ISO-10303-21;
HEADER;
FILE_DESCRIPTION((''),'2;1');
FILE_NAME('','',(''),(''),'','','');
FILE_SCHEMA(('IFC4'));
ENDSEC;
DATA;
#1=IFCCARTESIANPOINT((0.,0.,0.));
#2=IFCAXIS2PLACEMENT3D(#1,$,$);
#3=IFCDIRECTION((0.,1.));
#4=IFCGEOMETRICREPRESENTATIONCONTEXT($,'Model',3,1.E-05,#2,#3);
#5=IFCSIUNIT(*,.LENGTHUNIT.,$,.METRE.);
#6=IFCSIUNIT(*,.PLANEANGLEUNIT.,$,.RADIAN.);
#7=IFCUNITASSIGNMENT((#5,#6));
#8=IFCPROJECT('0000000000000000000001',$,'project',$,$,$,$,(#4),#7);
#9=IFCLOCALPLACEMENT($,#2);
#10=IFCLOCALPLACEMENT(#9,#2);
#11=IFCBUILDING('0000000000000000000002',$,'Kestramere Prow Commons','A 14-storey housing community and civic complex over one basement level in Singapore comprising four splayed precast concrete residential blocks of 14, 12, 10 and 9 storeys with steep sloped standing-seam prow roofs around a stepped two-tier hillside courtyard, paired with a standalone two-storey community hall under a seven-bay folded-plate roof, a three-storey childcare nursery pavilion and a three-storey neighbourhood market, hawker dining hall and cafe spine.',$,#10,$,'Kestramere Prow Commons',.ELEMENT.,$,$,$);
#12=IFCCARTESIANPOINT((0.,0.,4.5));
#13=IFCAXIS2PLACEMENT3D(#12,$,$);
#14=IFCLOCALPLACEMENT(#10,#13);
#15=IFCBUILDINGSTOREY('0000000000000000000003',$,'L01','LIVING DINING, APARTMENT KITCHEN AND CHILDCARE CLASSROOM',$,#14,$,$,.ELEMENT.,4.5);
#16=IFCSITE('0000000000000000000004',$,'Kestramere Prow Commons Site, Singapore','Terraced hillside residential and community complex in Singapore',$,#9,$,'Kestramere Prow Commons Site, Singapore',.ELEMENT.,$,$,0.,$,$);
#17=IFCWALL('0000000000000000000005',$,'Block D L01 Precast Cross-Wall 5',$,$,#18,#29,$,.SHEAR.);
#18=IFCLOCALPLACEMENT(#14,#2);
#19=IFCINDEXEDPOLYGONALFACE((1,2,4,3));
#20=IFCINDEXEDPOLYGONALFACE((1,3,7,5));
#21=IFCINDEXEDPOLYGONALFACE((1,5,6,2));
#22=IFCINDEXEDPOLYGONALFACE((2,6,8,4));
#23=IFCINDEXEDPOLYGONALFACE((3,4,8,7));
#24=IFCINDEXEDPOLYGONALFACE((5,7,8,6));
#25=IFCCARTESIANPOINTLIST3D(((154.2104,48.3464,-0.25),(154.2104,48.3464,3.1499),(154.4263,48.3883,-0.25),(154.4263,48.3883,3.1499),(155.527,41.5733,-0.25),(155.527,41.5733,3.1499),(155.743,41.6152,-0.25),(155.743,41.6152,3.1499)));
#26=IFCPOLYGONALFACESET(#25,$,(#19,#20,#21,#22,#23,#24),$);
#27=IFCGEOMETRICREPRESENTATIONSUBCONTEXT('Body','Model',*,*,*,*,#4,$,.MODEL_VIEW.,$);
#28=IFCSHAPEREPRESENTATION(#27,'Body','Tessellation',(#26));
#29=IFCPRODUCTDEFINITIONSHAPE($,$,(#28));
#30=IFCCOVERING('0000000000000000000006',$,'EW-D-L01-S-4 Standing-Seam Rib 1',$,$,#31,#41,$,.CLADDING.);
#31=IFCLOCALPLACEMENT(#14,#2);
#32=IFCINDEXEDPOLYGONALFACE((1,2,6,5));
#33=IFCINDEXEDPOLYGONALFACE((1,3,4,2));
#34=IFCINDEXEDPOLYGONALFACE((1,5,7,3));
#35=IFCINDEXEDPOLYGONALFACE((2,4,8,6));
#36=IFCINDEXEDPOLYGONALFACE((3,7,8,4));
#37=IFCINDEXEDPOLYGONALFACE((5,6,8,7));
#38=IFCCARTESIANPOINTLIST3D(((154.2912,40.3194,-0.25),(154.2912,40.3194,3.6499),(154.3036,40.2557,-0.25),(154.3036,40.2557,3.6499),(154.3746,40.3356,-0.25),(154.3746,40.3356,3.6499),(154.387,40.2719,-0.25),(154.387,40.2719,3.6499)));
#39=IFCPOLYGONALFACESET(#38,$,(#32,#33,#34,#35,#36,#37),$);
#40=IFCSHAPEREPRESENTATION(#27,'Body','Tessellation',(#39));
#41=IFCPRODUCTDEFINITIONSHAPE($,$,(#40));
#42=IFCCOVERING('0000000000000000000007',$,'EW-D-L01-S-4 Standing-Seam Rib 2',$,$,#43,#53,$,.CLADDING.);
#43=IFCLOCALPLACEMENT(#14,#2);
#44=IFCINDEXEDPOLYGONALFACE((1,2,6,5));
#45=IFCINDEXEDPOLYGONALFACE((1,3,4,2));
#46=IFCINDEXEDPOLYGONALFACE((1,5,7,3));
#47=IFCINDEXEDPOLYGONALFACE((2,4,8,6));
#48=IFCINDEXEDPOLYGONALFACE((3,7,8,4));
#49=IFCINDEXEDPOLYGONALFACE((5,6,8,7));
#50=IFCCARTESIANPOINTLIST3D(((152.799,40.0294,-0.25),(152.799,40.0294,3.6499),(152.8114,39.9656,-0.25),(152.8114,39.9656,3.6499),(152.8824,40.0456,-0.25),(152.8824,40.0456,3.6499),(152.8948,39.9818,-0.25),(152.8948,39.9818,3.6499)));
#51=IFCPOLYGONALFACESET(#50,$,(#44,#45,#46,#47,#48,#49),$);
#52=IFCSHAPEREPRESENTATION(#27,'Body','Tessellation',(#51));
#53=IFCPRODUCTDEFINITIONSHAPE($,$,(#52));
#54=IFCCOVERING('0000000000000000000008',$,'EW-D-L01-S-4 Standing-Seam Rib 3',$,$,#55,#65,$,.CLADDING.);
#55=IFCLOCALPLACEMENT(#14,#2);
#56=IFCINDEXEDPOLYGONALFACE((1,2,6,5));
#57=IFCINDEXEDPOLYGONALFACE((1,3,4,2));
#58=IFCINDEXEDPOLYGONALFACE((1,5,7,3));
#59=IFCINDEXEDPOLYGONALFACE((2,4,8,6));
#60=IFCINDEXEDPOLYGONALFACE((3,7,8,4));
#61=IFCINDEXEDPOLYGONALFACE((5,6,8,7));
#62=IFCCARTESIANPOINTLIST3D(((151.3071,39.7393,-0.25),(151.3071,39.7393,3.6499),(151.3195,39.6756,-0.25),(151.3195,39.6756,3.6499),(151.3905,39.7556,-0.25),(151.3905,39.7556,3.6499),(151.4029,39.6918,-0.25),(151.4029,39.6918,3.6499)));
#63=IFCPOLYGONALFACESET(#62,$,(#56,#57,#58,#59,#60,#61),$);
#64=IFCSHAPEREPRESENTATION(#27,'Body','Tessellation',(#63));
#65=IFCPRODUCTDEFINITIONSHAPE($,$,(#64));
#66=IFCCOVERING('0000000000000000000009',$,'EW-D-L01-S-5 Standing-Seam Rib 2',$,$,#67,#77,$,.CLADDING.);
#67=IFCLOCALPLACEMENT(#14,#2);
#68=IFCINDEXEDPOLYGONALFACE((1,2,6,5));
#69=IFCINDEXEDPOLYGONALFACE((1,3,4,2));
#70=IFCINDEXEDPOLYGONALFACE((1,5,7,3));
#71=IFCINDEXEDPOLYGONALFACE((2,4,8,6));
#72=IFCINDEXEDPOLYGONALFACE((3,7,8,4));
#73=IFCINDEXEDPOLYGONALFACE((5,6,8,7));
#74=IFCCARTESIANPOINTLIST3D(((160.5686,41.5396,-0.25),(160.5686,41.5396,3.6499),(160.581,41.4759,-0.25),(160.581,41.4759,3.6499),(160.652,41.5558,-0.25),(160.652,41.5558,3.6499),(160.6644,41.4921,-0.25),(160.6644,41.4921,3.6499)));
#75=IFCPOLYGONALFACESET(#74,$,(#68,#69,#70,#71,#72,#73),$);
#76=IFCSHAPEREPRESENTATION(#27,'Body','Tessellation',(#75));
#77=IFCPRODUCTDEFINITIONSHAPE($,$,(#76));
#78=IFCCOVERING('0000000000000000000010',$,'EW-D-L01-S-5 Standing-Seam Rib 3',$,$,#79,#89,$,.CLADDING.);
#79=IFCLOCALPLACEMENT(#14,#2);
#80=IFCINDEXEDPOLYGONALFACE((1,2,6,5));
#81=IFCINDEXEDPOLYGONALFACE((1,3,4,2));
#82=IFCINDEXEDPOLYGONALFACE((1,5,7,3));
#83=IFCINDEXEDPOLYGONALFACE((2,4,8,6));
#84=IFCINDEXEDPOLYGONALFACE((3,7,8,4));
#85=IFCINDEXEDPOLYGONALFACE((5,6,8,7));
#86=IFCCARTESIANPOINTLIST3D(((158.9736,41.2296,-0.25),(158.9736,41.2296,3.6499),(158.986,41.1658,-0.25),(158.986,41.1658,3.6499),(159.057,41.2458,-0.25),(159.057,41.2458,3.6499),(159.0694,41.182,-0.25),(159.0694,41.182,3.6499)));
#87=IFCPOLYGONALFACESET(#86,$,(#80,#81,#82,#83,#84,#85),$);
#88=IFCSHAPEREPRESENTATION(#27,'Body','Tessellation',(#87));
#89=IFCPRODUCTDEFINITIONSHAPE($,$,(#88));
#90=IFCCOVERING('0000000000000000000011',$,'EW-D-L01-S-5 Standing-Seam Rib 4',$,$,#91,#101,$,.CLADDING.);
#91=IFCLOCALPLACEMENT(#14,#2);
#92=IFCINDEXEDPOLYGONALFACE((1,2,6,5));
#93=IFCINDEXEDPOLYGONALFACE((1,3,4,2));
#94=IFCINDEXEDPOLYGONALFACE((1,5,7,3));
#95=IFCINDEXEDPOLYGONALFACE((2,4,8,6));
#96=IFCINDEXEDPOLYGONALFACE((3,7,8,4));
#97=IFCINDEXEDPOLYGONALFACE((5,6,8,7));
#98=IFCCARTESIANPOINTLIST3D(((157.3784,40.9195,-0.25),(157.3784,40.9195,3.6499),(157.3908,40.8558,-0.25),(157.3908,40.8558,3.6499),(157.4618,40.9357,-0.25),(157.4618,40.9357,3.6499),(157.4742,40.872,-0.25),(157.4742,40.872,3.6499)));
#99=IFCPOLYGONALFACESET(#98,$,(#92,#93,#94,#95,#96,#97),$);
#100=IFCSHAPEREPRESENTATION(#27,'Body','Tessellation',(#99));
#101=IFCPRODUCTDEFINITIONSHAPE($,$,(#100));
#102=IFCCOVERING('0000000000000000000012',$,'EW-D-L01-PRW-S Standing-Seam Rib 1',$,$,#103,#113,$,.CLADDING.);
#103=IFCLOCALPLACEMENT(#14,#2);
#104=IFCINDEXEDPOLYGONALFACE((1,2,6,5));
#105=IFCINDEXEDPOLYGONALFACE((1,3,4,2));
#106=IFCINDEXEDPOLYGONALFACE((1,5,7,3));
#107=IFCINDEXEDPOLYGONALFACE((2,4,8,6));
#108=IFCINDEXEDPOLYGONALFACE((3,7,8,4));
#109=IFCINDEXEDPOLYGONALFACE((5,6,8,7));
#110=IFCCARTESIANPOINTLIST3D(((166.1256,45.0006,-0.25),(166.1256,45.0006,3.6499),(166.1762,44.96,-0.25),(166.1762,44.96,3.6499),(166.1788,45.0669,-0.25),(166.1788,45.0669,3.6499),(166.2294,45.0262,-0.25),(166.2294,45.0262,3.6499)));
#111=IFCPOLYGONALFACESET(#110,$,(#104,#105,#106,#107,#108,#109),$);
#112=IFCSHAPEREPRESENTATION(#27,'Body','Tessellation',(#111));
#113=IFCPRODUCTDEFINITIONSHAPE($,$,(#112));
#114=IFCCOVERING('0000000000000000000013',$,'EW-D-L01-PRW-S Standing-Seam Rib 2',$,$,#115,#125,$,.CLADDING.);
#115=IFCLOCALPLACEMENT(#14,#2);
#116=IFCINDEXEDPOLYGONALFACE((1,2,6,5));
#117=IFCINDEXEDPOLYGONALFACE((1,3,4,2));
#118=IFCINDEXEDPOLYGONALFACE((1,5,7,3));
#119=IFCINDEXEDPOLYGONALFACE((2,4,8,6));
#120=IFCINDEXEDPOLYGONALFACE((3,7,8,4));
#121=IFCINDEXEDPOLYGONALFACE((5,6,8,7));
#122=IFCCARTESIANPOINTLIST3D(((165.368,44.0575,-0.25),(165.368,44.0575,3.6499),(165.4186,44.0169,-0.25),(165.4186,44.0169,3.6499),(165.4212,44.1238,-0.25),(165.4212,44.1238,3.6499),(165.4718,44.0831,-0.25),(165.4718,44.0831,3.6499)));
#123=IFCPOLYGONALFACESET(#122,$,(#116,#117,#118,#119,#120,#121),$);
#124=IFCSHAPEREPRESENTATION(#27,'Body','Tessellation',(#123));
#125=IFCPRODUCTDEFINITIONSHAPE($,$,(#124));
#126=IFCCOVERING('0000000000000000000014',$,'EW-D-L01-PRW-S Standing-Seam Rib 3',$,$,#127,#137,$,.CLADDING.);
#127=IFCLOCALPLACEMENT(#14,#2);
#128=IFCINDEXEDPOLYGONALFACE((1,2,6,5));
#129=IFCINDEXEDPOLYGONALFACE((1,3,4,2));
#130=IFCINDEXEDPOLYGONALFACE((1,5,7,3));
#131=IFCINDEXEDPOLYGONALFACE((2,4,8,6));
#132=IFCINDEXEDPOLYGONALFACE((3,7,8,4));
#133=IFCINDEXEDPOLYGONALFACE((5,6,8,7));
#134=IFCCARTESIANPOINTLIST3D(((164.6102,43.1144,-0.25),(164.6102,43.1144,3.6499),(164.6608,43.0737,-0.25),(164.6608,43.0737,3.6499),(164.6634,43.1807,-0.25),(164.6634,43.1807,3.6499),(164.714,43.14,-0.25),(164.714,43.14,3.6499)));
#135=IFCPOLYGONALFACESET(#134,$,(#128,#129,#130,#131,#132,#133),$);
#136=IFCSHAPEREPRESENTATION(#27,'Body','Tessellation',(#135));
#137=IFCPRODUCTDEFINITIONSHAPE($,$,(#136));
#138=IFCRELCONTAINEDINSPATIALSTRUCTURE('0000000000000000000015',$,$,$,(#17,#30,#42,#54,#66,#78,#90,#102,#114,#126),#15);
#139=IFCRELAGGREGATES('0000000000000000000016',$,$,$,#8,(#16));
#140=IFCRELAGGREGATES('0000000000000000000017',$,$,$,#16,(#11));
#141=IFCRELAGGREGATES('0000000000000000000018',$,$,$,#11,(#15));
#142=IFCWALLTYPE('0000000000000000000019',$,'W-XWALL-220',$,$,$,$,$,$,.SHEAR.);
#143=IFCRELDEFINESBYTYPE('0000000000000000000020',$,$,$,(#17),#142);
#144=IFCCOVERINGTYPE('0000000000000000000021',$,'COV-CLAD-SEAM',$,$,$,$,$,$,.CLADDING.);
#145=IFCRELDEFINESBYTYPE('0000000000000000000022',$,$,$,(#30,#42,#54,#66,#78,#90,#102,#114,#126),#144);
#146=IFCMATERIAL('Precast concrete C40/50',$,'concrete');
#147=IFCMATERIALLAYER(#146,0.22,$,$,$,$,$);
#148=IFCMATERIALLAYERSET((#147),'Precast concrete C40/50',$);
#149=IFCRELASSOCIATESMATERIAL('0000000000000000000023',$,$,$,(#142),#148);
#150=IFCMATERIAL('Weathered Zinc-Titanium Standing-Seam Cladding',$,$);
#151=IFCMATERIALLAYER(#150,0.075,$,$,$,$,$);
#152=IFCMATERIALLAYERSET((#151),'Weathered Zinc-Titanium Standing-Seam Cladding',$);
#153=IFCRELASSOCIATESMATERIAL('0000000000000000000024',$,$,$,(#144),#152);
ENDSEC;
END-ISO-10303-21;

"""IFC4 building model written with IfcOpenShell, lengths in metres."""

from ifc_helpers import new_model, si_unit, direction, frame, frame_2d, origin, origin_2d, place, context, subcontext, project, spatial, rectangle, extrude, material, layer, layer_set, type_object, element, save


model = new_model("IFC4")

# Units and contexts
model_context = context("Model", 3, precision=1e-05, world=origin(), true_north=direction((0.0, 1.0)))
body_context = subcontext(model_context, "Body", "Model", "MODEL_VIEW")
ifc_project = project(units=[si_unit("LENGTHUNIT", "METRE"), si_unit("PLANEANGLEUNIT", "RADIAN")], contexts=[model_context])

# Site, building, storey
site_placement = place(None, origin())
site = spatial("IfcSite", under=ifc_project, at=site_placement, Name="Kestramere Prow Commons Site, Singapore", Description="Terraced hillside residential and community complex in Singapore", LongName="Kestramere Prow Commons Site, Singapore", CompositionType="ELEMENT", RefElevation=0.0)
building_placement = place(site_placement, origin())
building = spatial("IfcBuilding", under=site, at=building_placement, Name="Kestramere Prow Commons", Description="A 14-storey housing community and civic complex over one basement level in Singapore comprising four splayed precast concrete residential blocks of 14, 12, 10 and 9 storeys with steep sloped standing-seam prow roofs around a stepped two-tier hillside courtyard, paired with a standalone two-storey community hall under a seven-bay folded-plate roof, a three-storey childcare nursery pavilion and a three-storey neighbourhood market, hawker dining hall and cafe spine.", LongName="Kestramere Prow Commons", CompositionType="ELEMENT")
storey_placement = place(building_placement, frame((0.0, 0.0, 4.5)))
storey = spatial("IfcBuildingStorey", under=building, at=storey_placement, Name="L01", Description="LIVING DINING, APARTMENT KITCHEN AND CHILDCARE CLASSROOM", CompositionType="ELEMENT", Elevation=4.5)

# Shared definitions
ifc_material_1 = material(Name="Precast concrete C40/50", Category="concrete")

# Wall
ifc_layer_1 = layer(ifc_material_1, 0.22)
ifc_layer_set_1 = layer_set([ifc_layer_1], Name="Precast concrete C40/50")
wall_type_1 = type_object("IfcWallType", Name="W-XWALL-220", PredefinedType="SHEAR", material=ifc_layer_set_1)
wall_1_placement = place(storey_placement, frame((155.635, 41.5942, -0.25), z_axis=(0.0, 0.0, 1.0), x_axis=(-0.190819, 0.981625, 0.0)))
element("IfcWall", 1, at=wall_1_placement, inside=storey, type_object=wall_type_1, Name="Block D L01 Precast Cross-Wall 5", PredefinedType="SHEAR", context=body_context, shape_type="SweptSolid", body=[
    extrude(rectangle(XDim=6.8999, YDim=0.22, at=frame_2d((3.45, 0.0))), origin(), (0.0, 0.0, 1.0), 3.3999),
])

# Coverings
ifc_material_2 = material(Name="Weathered Zinc-Titanium Standing-Seam Cladding")
ifc_layer_2 = layer(ifc_material_2, 0.075)
ifc_layer_set_2 = layer_set([ifc_layer_2], Name="Weathered Zinc-Titanium Standing-Seam Cladding")
covering_type = type_object("IfcCoveringType", Name="COV-CLAD-SEAM", PredefinedType="CLADDING", material=ifc_layer_set_2)
for number, where, z_axis, x_axis, name in (
    (2, (154.3391, 40.2957, -0.25), (0.0, 0.0, 1.0), (-0.981627, -0.190809, 0.0), "EW-D-L01-S-4 Standing-Seam Rib 1"),
    (3, (152.8469, 40.0056, -0.25), (0.0, 0.0, 1.0), (-0.981627, -0.190809, 0.0), "EW-D-L01-S-4 Standing-Seam Rib 2"),
    (4, (151.355, 39.7156, -0.25), (0.0, 0.0, 1.0), (-0.981627, -0.190809, 0.0), "EW-D-L01-S-4 Standing-Seam Rib 3"),
    (5, (160.6165, 41.5159, -0.25), (0.0, 0.0, 1.0), (-0.981627, -0.190809, 0.0), "EW-D-L01-S-5 Standing-Seam Rib 2"),
    (6, (159.0215, 41.2058, -0.25), (0.0, 0.0, 1.0), (-0.981627, -0.190809, 0.0), "EW-D-L01-S-5 Standing-Seam Rib 3"),
    (7, (157.4263, 40.8958, -0.25), (0.0, 0.0, 1.0), (-0.981627, -0.190809, 0.0), "EW-D-L01-S-5 Standing-Seam Rib 4"),
    (8, (166.1775, 45.0134, -0.25), (0.0, 0.0, 1.0), (-0.626298, -0.779584, 0.0), "EW-D-L01-PRW-S Standing-Seam Rib 1"),
    (9, (165.4199, 44.0703, -0.25), (0.0, 0.0, 1.0), (-0.626298, -0.779584, 0.0), "EW-D-L01-PRW-S Standing-Seam Rib 2"),
    (10, (164.6621, 43.1272, -0.25), (0.0, 0.0, 1.0), (-0.626298, -0.779584, 0.0), "EW-D-L01-PRW-S Standing-Seam Rib 3"),
):
    element("IfcCovering", number, at=place(storey_placement, frame(where, z_axis=z_axis, x_axis=x_axis)), inside=storey, type_object=covering_type, Name=name, PredefinedType="CLADDING", context=body_context, shape_type="SweptSolid", body=[
        extrude(rectangle(XDim=0.085, YDim=0.0649, at=origin_2d()), origin(), (0.0, 0.0, 1.0), 3.8999),
    ])

save(model, "model.ifc")
